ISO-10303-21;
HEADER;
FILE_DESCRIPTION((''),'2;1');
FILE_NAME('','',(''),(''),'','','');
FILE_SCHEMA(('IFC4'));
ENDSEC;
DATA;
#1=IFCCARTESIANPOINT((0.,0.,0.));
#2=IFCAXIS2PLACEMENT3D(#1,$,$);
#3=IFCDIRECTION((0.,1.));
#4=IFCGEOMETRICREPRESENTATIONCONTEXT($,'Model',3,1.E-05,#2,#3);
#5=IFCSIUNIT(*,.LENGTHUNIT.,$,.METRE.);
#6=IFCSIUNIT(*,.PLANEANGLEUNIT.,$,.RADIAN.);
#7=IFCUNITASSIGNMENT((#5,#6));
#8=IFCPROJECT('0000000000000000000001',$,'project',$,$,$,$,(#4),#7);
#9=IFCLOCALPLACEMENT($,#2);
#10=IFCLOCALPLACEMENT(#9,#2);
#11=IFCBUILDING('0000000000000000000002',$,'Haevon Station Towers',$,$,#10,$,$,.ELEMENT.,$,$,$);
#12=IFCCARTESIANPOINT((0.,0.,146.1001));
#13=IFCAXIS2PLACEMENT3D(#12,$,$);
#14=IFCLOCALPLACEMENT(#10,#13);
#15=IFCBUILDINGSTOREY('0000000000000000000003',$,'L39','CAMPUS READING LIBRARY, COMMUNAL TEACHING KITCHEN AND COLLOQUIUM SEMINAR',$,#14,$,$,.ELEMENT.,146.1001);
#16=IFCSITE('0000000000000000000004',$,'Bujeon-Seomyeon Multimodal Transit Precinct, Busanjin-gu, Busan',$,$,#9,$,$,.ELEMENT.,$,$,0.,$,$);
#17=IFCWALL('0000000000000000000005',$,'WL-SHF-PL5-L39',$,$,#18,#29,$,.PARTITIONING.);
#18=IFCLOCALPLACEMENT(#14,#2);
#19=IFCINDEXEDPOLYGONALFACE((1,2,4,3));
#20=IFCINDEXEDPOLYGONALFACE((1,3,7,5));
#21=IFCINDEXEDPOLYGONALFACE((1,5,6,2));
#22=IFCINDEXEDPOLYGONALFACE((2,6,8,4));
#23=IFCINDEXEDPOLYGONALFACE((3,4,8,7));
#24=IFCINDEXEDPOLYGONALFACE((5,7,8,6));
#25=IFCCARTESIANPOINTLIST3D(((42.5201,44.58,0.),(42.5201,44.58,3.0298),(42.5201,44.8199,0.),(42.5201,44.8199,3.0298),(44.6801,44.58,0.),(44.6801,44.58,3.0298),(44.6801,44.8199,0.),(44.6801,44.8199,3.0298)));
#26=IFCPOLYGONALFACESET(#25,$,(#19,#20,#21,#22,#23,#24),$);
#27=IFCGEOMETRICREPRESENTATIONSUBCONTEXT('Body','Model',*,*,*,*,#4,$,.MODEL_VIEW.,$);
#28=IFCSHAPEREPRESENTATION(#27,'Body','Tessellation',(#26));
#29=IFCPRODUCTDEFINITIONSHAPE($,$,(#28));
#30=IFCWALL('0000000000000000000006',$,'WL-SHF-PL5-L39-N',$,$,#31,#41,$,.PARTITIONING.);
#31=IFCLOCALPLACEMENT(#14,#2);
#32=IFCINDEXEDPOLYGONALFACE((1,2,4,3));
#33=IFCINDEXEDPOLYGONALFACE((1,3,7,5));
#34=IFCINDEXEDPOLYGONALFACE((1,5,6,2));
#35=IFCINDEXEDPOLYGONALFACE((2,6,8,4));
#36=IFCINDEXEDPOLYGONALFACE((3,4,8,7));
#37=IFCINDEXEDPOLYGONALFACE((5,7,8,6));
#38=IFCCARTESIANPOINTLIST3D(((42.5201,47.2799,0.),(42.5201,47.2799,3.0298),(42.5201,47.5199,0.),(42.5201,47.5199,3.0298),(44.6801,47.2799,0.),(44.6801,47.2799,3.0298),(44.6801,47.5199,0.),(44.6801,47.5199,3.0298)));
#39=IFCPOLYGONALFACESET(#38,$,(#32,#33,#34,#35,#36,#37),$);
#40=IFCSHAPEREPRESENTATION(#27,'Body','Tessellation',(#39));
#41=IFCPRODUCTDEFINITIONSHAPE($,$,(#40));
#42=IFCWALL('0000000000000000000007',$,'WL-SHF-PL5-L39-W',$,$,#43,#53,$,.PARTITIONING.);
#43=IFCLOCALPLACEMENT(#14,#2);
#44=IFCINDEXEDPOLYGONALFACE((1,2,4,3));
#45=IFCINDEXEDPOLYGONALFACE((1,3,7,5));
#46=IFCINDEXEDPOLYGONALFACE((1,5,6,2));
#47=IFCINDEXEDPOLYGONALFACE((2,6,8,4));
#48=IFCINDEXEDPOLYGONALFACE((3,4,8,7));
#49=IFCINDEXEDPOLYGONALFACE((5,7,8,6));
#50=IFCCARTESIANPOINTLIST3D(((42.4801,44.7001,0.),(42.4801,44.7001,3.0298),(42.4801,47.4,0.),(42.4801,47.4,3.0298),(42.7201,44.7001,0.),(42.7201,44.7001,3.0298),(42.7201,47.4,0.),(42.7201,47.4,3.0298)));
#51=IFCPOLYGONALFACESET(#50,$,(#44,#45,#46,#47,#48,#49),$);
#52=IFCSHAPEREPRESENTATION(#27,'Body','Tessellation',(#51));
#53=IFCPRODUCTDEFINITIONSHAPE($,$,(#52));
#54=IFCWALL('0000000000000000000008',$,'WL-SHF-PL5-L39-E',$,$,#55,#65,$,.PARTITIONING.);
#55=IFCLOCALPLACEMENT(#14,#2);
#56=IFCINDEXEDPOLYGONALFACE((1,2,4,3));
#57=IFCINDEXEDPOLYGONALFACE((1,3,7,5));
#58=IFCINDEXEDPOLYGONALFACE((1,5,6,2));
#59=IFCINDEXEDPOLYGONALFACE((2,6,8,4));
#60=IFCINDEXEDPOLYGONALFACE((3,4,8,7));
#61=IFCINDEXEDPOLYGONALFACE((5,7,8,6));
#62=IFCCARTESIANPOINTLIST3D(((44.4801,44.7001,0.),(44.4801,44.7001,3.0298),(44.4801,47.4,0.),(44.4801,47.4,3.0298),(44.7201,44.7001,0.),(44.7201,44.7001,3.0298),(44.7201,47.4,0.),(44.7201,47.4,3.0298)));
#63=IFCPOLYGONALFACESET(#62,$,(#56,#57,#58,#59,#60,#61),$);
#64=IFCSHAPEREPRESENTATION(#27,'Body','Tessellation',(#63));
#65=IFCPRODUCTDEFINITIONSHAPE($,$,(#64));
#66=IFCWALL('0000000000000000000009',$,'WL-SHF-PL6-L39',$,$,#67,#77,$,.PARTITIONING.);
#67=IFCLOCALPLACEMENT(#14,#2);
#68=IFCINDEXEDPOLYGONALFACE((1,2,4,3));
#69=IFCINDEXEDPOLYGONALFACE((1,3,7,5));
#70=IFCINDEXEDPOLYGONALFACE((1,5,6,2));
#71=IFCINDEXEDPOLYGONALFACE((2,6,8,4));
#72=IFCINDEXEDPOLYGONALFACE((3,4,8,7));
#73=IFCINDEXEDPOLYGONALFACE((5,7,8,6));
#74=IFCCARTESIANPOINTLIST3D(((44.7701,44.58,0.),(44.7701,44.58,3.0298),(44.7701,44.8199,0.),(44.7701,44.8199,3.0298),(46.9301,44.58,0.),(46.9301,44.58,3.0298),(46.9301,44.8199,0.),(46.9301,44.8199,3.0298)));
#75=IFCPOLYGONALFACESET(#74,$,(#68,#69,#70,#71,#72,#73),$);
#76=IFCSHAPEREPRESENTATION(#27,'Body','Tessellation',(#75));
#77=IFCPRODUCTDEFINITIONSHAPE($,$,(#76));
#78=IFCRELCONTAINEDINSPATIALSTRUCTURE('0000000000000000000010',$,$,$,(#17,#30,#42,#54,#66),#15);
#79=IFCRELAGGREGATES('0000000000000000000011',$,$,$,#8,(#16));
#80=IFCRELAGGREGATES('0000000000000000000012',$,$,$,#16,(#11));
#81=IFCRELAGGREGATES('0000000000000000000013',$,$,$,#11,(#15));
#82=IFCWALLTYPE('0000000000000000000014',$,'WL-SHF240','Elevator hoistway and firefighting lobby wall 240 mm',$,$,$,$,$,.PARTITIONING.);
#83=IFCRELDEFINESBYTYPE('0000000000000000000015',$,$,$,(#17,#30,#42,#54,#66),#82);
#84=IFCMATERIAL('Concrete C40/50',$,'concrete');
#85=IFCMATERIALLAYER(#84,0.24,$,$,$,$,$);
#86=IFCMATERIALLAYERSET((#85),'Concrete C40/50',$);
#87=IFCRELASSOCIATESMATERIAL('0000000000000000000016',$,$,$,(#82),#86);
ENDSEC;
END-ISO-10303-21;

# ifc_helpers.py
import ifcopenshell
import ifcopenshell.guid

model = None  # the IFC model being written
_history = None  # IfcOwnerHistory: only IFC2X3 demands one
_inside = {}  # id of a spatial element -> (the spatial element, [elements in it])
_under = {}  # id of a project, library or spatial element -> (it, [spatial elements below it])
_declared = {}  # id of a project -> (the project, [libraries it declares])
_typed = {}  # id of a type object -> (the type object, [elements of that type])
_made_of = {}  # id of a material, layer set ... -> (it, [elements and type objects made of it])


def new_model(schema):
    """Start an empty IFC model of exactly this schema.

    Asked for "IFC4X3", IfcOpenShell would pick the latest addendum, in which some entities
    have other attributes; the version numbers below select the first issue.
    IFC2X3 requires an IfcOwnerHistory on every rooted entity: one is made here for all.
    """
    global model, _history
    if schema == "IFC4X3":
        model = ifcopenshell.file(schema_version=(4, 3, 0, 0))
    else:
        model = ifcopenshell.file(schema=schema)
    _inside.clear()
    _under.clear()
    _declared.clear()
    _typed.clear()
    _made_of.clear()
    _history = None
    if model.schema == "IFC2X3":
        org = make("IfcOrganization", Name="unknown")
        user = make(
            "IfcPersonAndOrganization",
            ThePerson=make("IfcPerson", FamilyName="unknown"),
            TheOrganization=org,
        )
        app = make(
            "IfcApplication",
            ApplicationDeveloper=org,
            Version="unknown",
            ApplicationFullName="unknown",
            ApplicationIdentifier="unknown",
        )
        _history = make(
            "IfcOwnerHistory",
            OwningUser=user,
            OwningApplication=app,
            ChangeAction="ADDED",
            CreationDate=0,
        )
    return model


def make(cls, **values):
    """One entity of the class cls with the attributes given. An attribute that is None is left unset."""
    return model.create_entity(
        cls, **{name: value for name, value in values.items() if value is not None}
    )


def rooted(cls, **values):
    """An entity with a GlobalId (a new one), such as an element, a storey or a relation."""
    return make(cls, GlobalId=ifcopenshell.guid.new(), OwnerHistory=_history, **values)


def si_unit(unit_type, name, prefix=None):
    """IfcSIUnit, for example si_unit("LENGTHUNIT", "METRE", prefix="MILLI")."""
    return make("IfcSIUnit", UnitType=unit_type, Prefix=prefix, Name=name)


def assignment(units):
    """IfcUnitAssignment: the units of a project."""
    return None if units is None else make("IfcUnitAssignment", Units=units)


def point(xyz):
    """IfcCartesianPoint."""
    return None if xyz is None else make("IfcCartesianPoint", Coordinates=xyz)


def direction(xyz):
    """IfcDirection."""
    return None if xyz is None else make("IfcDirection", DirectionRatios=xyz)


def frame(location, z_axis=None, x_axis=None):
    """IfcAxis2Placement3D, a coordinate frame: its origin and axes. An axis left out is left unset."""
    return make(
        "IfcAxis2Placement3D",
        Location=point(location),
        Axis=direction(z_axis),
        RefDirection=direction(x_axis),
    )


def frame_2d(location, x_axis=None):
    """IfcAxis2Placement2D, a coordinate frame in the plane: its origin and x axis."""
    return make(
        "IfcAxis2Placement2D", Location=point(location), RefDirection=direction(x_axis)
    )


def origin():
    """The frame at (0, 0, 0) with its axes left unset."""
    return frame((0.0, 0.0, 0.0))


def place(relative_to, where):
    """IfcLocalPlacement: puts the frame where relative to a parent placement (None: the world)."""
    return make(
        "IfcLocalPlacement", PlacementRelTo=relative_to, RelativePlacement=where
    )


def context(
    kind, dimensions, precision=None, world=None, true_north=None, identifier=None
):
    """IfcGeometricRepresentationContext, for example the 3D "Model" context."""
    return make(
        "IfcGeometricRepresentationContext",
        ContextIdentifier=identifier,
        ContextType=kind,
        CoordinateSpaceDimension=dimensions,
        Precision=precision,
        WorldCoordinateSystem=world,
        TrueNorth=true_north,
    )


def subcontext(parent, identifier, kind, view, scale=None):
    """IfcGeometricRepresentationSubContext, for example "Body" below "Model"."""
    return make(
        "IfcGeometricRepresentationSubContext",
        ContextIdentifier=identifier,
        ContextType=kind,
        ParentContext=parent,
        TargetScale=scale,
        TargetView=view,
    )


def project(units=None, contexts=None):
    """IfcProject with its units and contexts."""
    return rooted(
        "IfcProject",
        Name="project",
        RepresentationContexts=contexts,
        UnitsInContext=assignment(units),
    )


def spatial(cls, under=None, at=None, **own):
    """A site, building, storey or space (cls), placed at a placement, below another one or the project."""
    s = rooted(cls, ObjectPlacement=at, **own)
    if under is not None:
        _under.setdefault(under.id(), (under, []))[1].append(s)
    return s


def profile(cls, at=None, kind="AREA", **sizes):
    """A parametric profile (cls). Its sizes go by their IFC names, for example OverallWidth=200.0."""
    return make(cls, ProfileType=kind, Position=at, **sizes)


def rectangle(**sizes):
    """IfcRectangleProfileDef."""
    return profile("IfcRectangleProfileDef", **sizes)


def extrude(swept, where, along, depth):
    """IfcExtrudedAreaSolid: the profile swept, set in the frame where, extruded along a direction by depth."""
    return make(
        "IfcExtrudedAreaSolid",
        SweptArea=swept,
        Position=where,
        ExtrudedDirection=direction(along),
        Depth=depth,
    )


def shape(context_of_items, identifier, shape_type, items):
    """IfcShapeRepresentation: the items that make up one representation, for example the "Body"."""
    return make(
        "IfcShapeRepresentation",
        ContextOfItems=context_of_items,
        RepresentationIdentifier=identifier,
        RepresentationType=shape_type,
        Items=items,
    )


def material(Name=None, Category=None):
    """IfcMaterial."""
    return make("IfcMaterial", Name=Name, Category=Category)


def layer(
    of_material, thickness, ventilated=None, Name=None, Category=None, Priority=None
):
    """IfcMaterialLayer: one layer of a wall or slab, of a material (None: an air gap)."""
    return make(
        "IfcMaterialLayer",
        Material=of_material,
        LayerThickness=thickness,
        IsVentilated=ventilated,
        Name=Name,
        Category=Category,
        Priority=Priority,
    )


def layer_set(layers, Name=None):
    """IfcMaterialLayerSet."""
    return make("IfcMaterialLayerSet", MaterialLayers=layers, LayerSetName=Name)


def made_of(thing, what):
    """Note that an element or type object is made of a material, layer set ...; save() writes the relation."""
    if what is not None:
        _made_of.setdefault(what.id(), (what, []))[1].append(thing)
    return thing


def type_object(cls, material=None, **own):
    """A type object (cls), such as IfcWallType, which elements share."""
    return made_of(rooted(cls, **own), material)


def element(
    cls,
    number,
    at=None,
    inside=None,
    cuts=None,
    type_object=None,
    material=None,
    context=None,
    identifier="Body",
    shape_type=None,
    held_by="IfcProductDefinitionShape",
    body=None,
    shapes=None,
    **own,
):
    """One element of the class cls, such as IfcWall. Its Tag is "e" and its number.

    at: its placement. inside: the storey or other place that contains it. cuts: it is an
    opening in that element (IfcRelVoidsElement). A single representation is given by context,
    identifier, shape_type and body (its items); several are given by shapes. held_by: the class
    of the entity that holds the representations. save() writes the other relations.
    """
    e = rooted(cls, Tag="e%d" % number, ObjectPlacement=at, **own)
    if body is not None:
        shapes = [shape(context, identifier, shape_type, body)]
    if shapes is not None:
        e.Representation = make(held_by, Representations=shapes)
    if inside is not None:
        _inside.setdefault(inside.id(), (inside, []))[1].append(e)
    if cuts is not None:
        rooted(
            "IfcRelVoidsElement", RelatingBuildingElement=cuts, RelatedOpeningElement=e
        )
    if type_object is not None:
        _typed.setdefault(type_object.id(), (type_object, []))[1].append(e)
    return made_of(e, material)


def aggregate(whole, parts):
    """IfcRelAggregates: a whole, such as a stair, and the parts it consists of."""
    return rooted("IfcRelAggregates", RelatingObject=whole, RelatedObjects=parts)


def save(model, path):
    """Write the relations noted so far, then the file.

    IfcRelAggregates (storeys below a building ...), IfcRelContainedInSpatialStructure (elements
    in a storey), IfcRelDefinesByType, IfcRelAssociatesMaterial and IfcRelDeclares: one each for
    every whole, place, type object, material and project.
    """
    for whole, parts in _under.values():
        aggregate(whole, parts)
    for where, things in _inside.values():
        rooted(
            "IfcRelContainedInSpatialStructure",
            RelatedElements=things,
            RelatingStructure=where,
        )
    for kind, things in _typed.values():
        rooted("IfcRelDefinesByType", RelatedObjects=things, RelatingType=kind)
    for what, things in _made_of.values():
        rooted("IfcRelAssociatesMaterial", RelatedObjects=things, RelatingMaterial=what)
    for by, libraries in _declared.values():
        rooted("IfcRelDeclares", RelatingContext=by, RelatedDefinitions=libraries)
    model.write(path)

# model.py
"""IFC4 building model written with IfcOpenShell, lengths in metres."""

from ifc_helpers import new_model, si_unit, direction, frame, frame_2d, origin, place, context, subcontext, project, spatial, rectangle, extrude, material, layer, layer_set, type_object, element, save


model = new_model("IFC4")

# Units and contexts
model_context = context("Model", 3, precision=1e-05, world=origin(), true_north=direction((0.0, 1.0)))
body_context = subcontext(model_context, "Body", "Model", "MODEL_VIEW")
ifc_project = project(units=[si_unit("LENGTHUNIT", "METRE"), si_unit("PLANEANGLEUNIT", "RADIAN")], contexts=[model_context])

# Site, building, storey
site_placement = place(None, origin())
site = spatial("IfcSite", under=ifc_project, at=site_placement, Name="Bujeon-Seomyeon Multimodal Transit Precinct, Busanjin-gu, Busan", CompositionType="ELEMENT", RefElevation=0.0)
building_placement = place(site_placement, origin())
building = spatial("IfcBuilding", under=site, at=building_placement, Name="Haevon Station Towers", CompositionType="ELEMENT")
storey_placement = place(building_placement, frame((0.0, 0.0, 146.1001)))
storey = spatial("IfcBuildingStorey", under=building, at=storey_placement, Name="L39", Description="CAMPUS READING LIBRARY, COMMUNAL TEACHING KITCHEN AND COLLOQUIUM SEMINAR", CompositionType="ELEMENT", Elevation=146.1001)

# Shared definitions
ifc_material_1 = material(Name="Concrete C40/50", Category="concrete")
ifc_layer_1 = layer(ifc_material_1, 0.24)
ifc_layer_set_1 = layer_set([ifc_layer_1], Name="Concrete C40/50")
wall_type_1 = type_object("IfcWallType", Name="WL-SHF240", Description="Elevator hoistway and firefighting lobby wall 240 mm", PredefinedType="PARTITIONING", material=ifc_layer_set_1)

# Walls
for number, where, z_axis, x_axis, name in (
    (1, (42.52, 44.7, 0.0), (0.0, 0.0, 1.0), (1.0, 0.0, 0.0), "WL-SHF-PL5-L39"),
    (2, (42.52, 47.3999, 0.0), (0.0, 0.0, 1.0), (1.0, 0.0, 0.0), "WL-SHF-PL5-L39-N"),
):
    element("IfcWall", number, at=place(storey_placement, frame(where, z_axis=z_axis, x_axis=x_axis)), inside=storey, type_object=wall_type_1, Name=name, PredefinedType="PARTITIONING", context=body_context, shape_type="SweptSolid", body=[
        extrude(rectangle(XDim=2.1599, YDim=0.24, at=frame_2d((1.0801, 0.0))), origin(), (0.0, 0.0, 1.0), 3.0298),
    ])
for number, where, z_axis, x_axis, name in (
    (3, (42.6001, 44.7, 0.0), (0.0, 0.0, 1.0), (0.0, 1.0, 0.0), "WL-SHF-PL5-L39-W"),
    (4, (44.6001, 44.7, 0.0), (0.0, 0.0, 1.0), (0.0, 1.0, 0.0), "WL-SHF-PL5-L39-E"),
):
    element("IfcWall", number, at=place(storey_placement, frame(where, z_axis=z_axis, x_axis=x_axis)), inside=storey, type_object=wall_type_1, Name=name, PredefinedType="PARTITIONING", context=body_context, shape_type="SweptSolid", body=[
        extrude(rectangle(XDim=2.7, YDim=0.24, at=frame_2d((1.3501, 0.0))), origin(), (0.0, 0.0, 1.0), 3.0298),
    ])
wall_1_placement = place(storey_placement, frame((44.77, 44.7, 0.0), z_axis=(0.0, 0.0, 1.0), x_axis=(1.0, 0.0, 0.0)))
element("IfcWall", 5, at=wall_1_placement, inside=storey, type_object=wall_type_1, Name="WL-SHF-PL6-L39", PredefinedType="PARTITIONING", context=body_context, shape_type="SweptSolid", body=[
    extrude(rectangle(XDim=2.1599, YDim=0.24, at=frame_2d((1.0801, 0.0))), origin(), (0.0, 0.0, 1.0), 3.0298),
])

save(model, "model.ifc")
